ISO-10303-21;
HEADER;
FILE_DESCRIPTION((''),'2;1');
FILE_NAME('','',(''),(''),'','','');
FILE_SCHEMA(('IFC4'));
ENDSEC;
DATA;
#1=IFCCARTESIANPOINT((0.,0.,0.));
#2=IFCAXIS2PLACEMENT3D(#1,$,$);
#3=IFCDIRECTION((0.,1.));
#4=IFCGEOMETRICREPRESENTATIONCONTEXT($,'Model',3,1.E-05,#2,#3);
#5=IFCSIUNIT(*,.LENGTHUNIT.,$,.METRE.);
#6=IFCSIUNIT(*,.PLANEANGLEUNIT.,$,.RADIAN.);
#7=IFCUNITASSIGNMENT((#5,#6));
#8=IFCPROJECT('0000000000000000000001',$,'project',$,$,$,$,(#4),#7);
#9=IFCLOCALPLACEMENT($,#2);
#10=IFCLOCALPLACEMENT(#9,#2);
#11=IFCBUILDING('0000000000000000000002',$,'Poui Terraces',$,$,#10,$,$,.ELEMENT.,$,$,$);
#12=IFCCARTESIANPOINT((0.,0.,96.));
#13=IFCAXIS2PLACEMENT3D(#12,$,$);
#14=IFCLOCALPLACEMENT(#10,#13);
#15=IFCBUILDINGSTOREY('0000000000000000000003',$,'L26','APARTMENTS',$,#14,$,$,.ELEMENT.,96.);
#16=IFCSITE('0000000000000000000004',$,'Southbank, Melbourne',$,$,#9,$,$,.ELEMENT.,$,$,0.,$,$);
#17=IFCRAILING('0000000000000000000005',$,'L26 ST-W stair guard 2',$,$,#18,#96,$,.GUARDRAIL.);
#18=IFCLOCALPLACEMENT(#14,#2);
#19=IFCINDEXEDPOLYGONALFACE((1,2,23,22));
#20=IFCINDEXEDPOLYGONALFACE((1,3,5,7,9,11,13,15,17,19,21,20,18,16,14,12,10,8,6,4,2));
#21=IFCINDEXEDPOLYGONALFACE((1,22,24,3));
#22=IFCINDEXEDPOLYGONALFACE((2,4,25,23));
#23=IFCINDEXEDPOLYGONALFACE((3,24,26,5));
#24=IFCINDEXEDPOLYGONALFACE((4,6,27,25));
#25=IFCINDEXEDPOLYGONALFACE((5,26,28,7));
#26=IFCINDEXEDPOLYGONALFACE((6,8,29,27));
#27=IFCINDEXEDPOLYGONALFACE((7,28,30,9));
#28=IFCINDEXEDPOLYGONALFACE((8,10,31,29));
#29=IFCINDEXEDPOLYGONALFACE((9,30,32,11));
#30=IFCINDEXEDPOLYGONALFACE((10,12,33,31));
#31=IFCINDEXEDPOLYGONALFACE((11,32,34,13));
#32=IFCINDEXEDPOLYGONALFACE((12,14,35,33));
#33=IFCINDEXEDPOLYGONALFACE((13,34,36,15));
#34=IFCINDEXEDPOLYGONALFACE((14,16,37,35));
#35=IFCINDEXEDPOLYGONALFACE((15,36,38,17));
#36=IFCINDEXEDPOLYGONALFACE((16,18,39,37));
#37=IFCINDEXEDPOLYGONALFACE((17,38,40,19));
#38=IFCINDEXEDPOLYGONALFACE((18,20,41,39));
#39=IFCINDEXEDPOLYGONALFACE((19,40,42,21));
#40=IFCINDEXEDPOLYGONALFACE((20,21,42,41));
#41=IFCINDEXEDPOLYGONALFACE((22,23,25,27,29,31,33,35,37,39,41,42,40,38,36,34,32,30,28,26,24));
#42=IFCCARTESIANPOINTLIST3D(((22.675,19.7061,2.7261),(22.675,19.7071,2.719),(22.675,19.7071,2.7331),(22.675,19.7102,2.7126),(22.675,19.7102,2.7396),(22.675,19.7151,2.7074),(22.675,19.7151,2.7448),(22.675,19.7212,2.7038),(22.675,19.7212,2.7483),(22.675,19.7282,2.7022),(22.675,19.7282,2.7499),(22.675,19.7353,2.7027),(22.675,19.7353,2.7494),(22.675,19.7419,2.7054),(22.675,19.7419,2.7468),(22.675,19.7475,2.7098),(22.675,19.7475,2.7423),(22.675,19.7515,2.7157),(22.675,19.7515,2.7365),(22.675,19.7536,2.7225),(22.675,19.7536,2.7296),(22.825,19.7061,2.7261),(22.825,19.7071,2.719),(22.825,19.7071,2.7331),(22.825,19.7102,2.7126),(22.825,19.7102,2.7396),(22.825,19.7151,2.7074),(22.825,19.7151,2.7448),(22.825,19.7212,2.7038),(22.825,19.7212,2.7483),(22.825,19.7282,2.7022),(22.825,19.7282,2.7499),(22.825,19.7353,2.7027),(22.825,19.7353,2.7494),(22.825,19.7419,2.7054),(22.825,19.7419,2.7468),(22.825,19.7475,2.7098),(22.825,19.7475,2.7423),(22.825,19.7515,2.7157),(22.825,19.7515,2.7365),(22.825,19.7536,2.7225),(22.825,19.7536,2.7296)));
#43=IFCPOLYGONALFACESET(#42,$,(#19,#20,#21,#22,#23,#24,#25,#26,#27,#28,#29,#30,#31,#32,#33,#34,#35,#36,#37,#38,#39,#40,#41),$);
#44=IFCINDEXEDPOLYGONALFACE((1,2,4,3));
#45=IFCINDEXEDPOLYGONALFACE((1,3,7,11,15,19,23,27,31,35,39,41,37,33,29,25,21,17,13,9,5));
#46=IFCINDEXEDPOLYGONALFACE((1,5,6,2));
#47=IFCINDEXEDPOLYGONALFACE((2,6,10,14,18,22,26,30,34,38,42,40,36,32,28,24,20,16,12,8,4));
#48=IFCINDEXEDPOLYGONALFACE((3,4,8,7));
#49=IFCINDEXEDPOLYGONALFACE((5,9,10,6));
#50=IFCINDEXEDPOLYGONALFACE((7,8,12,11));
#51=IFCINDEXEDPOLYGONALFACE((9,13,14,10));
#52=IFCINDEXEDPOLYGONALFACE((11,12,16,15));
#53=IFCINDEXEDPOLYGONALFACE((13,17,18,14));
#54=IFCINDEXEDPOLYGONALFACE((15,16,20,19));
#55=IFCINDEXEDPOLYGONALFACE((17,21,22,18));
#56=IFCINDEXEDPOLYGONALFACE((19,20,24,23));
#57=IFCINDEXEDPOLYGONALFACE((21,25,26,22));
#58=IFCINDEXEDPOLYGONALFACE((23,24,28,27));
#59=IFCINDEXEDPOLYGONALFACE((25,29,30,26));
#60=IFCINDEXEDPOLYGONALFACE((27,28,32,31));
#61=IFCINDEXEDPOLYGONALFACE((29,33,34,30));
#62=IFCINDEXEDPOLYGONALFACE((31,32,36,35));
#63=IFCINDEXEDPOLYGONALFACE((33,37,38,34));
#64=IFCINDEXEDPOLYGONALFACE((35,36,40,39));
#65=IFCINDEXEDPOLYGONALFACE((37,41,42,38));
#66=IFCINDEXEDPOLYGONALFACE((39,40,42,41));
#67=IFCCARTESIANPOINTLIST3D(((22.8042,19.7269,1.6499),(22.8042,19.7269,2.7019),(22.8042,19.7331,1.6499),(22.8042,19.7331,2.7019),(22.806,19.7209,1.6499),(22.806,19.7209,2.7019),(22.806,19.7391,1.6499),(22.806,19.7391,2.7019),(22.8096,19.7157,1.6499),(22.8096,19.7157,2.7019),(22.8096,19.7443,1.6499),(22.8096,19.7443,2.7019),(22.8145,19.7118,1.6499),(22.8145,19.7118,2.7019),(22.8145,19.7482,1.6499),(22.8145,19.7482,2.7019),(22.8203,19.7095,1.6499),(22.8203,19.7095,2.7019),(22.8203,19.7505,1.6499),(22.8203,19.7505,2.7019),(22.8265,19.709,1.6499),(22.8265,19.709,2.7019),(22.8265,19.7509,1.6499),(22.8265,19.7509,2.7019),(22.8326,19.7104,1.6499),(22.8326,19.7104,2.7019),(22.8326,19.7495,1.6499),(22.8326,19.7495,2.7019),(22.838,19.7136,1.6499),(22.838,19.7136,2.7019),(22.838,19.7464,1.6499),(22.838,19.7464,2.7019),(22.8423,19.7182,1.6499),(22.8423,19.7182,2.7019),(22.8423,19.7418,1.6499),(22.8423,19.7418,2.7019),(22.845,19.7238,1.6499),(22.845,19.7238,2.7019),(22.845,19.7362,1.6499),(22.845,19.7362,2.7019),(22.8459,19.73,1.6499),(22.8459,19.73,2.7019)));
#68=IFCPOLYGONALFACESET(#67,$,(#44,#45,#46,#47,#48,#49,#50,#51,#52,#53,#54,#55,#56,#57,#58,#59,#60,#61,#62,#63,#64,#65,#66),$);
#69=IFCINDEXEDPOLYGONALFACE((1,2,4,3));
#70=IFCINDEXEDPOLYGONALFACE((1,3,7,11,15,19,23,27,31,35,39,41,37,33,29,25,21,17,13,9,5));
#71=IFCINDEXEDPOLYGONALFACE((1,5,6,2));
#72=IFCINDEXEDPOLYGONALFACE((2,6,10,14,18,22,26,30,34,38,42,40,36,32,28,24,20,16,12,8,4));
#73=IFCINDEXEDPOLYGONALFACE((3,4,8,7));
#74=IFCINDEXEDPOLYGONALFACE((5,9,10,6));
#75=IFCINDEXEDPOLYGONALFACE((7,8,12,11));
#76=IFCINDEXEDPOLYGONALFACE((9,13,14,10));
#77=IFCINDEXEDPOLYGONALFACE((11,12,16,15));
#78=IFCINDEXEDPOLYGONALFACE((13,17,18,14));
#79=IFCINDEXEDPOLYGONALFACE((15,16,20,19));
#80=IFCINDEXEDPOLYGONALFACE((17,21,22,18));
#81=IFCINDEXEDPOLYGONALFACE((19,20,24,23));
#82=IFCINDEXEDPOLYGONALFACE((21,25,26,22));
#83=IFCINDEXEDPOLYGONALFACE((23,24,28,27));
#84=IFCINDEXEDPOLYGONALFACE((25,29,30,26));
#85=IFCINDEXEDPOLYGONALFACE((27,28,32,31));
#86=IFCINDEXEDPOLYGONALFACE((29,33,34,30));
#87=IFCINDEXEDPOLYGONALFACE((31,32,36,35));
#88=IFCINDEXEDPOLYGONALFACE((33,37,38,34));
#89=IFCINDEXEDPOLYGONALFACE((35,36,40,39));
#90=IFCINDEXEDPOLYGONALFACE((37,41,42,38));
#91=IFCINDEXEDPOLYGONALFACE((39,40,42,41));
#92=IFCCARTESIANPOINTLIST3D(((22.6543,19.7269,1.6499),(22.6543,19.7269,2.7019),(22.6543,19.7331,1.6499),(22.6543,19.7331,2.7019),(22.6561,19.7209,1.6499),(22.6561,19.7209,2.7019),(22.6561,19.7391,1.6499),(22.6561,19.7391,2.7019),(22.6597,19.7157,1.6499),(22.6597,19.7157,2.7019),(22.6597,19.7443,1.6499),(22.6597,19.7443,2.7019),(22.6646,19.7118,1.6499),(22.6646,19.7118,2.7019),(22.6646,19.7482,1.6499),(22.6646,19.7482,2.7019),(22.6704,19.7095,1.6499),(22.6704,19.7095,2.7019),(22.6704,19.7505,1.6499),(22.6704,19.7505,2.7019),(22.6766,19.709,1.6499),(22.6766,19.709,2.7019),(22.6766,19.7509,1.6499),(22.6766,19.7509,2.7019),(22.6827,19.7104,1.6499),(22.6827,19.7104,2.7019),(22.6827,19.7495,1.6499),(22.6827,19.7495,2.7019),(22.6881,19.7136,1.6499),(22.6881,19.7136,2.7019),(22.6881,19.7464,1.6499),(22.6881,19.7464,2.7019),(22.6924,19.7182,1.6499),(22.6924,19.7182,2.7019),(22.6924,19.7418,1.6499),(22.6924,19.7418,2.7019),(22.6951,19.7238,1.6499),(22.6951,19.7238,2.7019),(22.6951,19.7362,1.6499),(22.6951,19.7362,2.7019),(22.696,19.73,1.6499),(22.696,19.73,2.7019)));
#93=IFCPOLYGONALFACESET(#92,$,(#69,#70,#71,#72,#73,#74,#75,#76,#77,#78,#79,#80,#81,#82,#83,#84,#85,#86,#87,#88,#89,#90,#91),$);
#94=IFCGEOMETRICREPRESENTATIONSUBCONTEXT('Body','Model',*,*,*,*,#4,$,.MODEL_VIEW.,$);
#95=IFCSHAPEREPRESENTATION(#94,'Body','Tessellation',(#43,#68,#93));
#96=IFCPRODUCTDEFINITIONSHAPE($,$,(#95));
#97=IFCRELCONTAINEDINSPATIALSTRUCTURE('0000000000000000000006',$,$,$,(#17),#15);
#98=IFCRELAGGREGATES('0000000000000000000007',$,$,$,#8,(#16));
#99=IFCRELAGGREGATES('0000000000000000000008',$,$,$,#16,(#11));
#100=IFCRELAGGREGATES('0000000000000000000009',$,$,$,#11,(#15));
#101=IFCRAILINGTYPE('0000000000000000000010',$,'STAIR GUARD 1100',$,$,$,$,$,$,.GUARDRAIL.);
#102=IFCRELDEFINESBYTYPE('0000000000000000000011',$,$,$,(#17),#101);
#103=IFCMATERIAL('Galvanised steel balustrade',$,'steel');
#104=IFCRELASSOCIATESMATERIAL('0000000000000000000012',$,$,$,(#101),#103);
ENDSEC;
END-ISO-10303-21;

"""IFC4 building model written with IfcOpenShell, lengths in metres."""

from ifc_helpers import new_model, si_unit, direction, frame, origin, origin_2d, place, context, subcontext, project, spatial, circle, extrude, material, type_object, element, save


model = new_model("IFC4")

# Units and contexts
model_context = context("Model", 3, precision=1e-05, world=origin(), true_north=direction((0.0, 1.0)))
body_context = subcontext(model_context, "Body", "Model", "MODEL_VIEW")
ifc_project = project(units=[si_unit("LENGTHUNIT", "METRE"), si_unit("PLANEANGLEUNIT", "RADIAN")], contexts=[model_context])

# Site, building, storey
site_placement = place(None, origin())
site = spatial("IfcSite", under=ifc_project, at=site_placement, Name="Southbank, Melbourne", CompositionType="ELEMENT", RefElevation=0.0)
building_placement = place(site_placement, origin())
building = spatial("IfcBuilding", under=site, at=building_placement, Name="Poui Terraces", CompositionType="ELEMENT")
storey_placement = place(building_placement, frame((0.0, 0.0, 96.0)))
storey = spatial("IfcBuildingStorey", under=building, at=storey_placement, Name="L26", Description="APARTMENTS", CompositionType="ELEMENT", Elevation=96.0)

# Railing
ifc_material_1 = material(Name="Galvanised steel balustrade", Category="steel")
railing_type_1 = type_object("IfcRailingType", Name="STAIR GUARD 1100", PredefinedType="GUARDRAIL", material=ifc_material_1)
railing_1_placement = place(storey_placement, frame((22.825, 19.73, 1.6499)))
element("IfcRailing", 1, at=railing_1_placement, inside=storey, type_object=railing_type_1, Name="L26 ST-W stair guard 2", PredefinedType="GUARDRAIL", context=body_context, shape_type="SweptSolid", body=[
    extrude(circle(Radius=0.0239, at=origin_2d()), frame((0.0, 0.0, 1.0762), z_axis=(-1.0, 0.0, 0.0), x_axis=(0.0, -1.0, 0.0)), (0.0, 0.0, 1.0), 0.1499),
    extrude(circle(Radius=0.021, at=origin_2d()), origin(), (0.0, 0.0, 1.0), 1.052),
    extrude(circle(Radius=0.021, at=origin_2d()), frame((-0.1499, 0.0, 0.0)), (0.0, 0.0, 1.0), 1.052),
])

save(model, "model.ifc")
